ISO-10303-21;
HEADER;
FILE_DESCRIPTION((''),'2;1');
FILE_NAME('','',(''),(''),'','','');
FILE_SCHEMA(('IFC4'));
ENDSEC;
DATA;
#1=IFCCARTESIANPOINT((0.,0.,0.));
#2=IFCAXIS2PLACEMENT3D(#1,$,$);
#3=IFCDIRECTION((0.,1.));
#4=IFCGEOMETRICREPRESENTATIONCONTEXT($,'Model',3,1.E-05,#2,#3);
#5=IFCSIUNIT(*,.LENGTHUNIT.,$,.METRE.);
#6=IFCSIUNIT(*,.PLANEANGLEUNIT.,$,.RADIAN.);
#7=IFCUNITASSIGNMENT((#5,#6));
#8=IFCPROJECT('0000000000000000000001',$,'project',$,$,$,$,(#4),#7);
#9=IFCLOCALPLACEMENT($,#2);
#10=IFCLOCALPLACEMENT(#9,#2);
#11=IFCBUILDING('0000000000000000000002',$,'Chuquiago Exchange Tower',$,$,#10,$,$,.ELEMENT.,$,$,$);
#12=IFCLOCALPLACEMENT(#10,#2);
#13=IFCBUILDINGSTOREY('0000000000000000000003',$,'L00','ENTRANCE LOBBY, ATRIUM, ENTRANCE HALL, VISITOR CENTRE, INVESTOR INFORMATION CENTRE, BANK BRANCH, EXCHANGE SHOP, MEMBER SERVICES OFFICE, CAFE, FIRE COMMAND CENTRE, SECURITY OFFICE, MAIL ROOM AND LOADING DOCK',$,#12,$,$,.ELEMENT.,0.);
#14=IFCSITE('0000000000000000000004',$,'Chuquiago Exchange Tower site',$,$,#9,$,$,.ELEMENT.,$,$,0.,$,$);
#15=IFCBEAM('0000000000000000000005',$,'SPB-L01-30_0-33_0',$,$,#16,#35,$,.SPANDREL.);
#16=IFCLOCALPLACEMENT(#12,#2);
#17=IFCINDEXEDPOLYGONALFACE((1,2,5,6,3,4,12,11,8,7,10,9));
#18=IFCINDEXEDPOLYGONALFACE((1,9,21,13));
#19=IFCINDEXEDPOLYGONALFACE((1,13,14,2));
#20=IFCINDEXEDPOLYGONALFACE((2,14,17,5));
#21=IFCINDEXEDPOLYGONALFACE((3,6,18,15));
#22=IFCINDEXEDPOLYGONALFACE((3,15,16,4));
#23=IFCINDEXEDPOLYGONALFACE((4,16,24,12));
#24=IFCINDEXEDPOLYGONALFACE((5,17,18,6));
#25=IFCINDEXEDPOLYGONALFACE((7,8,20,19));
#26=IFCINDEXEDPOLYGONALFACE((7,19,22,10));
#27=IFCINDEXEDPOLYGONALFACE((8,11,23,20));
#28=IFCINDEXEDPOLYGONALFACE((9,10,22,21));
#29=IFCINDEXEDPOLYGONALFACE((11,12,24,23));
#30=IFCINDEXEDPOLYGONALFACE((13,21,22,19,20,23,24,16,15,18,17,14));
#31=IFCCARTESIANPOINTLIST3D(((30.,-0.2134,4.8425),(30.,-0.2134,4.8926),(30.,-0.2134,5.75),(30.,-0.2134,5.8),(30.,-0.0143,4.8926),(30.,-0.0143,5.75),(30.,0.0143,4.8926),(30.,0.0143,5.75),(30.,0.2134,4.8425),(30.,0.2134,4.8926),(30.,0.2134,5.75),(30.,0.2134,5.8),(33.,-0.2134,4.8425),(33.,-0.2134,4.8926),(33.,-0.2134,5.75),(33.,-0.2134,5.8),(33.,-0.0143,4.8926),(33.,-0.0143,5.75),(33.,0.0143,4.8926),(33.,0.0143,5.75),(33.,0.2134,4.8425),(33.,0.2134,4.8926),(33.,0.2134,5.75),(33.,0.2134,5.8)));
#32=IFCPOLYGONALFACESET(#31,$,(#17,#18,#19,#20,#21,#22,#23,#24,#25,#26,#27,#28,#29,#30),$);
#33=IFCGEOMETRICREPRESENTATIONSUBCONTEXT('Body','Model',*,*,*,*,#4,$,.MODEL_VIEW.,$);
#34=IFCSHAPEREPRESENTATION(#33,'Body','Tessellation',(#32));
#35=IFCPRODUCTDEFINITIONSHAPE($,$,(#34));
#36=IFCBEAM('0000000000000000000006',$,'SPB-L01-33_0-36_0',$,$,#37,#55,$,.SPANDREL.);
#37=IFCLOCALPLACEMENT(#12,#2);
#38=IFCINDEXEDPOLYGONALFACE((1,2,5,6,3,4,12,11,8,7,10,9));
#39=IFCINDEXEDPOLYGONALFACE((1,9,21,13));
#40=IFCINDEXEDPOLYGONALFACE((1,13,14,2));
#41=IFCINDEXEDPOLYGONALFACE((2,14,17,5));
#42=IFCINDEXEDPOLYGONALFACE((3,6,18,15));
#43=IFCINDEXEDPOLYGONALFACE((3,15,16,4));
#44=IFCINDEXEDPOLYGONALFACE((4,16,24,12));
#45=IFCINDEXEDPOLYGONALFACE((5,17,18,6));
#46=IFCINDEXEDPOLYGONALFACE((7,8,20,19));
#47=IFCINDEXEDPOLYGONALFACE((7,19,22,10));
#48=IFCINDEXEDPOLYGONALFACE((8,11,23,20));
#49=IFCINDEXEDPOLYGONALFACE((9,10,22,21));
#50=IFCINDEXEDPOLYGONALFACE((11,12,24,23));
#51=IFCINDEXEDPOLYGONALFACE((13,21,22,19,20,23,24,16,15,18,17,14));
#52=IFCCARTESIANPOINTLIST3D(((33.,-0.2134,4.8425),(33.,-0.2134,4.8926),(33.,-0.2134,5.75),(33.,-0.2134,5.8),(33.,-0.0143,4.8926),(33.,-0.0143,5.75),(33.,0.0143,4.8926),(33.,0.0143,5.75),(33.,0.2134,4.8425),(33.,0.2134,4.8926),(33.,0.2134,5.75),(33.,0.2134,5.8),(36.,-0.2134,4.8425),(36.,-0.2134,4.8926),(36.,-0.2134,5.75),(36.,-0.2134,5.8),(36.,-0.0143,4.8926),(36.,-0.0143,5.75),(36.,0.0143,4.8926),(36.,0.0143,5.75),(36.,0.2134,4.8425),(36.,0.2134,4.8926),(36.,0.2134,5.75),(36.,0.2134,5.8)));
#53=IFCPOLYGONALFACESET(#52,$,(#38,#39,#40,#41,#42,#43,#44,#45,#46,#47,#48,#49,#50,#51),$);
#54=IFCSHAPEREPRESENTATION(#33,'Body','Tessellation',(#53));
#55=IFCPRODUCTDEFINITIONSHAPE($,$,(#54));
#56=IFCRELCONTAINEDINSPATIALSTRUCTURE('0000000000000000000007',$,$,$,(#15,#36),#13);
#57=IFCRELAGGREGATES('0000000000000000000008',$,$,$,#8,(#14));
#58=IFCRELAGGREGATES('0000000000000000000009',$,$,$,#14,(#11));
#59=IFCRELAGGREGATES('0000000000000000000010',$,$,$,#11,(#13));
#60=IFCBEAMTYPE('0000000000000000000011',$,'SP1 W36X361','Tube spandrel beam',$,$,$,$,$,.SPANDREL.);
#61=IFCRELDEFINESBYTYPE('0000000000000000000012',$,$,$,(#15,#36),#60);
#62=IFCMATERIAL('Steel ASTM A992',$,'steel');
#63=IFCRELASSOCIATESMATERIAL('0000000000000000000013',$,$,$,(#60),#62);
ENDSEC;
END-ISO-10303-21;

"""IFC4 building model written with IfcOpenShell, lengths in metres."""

from ifc_helpers import new_model, si_unit, direction, frame, origin, origin_2d, place, context, subcontext, project, spatial, i_section, extrude, material, material_profile, profile_set, type_object, element, save


model = new_model("IFC4")

# Units and contexts
model_context = context("Model", 3, precision=1e-05, world=origin(), true_north=direction((0.0, 1.0)))
body_context = subcontext(model_context, "Body", "Model", "MODEL_VIEW")
ifc_project = project(units=[si_unit("LENGTHUNIT", "METRE"), si_unit("PLANEANGLEUNIT", "RADIAN")], contexts=[model_context])

# Site, building, storey
site_placement = place(None, origin())
site = spatial("IfcSite", under=ifc_project, at=site_placement, Name="Chuquiago Exchange Tower site", CompositionType="ELEMENT", RefElevation=0.0)
building_placement = place(site_placement, origin())
building = spatial("IfcBuilding", under=site, at=building_placement, Name="Chuquiago Exchange Tower", CompositionType="ELEMENT")
storey_placement = place(building_placement, origin())
storey = spatial("IfcBuildingStorey", under=building, at=storey_placement, Name="L00", Description="ENTRANCE LOBBY, ATRIUM, ENTRANCE HALL, VISITOR CENTRE, INVESTOR INFORMATION CENTRE, BANK BRANCH, EXCHANGE SHOP, MEMBER SERVICES OFFICE, CAFE, FIRE COMMAND CENTRE, SECURITY OFFICE, MAIL ROOM AND LOADING DOCK", CompositionType="ELEMENT", Elevation=0.0)

# Beams
ifc_material_1 = material(Name="Steel ASTM A992", Category="steel")
ifc_material_profile_1 = material_profile(ifc_material_1, i_section(OverallWidth=0.4268, OverallDepth=0.9575, WebThickness=0.0286, FlangeThickness=0.05, at=origin_2d()), Name="W36X361")
ifc_profile_set_1 = profile_set([ifc_material_profile_1], Name="Steel ASTM A992")
beam_type_1 = type_object("IfcBeamType", Name="SP1 W36X361", Description="Tube spandrel beam", PredefinedType="SPANDREL", material=ifc_profile_set_1)
for number, where, z_axis, x_axis, name in (
    (1, (30.0, 0.0, 5.3213), (1.0, 0.0, 0.0), (0.0, 1.0, 0.0), "SPB-L01-30_0-33_0"),
    (2, (33.0, 0.0, 5.3213), (1.0, 0.0, 0.0), (0.0, 1.0, 0.0), "SPB-L01-33_0-36_0"),
):
    element("IfcBeam", number, at=place(storey_placement, frame(where, z_axis=z_axis, x_axis=x_axis)), inside=storey, type_object=beam_type_1, Name=name, PredefinedType="SPANDREL", context=body_context, shape_type="SweptSolid", body=[
        extrude(i_section(OverallWidth=0.4268, OverallDepth=0.9575, WebThickness=0.0286, FlangeThickness=0.05, at=origin_2d()), origin(), (0.0, 0.0, 1.0), 3.0),
    ])

save(model, "model.ifc")
